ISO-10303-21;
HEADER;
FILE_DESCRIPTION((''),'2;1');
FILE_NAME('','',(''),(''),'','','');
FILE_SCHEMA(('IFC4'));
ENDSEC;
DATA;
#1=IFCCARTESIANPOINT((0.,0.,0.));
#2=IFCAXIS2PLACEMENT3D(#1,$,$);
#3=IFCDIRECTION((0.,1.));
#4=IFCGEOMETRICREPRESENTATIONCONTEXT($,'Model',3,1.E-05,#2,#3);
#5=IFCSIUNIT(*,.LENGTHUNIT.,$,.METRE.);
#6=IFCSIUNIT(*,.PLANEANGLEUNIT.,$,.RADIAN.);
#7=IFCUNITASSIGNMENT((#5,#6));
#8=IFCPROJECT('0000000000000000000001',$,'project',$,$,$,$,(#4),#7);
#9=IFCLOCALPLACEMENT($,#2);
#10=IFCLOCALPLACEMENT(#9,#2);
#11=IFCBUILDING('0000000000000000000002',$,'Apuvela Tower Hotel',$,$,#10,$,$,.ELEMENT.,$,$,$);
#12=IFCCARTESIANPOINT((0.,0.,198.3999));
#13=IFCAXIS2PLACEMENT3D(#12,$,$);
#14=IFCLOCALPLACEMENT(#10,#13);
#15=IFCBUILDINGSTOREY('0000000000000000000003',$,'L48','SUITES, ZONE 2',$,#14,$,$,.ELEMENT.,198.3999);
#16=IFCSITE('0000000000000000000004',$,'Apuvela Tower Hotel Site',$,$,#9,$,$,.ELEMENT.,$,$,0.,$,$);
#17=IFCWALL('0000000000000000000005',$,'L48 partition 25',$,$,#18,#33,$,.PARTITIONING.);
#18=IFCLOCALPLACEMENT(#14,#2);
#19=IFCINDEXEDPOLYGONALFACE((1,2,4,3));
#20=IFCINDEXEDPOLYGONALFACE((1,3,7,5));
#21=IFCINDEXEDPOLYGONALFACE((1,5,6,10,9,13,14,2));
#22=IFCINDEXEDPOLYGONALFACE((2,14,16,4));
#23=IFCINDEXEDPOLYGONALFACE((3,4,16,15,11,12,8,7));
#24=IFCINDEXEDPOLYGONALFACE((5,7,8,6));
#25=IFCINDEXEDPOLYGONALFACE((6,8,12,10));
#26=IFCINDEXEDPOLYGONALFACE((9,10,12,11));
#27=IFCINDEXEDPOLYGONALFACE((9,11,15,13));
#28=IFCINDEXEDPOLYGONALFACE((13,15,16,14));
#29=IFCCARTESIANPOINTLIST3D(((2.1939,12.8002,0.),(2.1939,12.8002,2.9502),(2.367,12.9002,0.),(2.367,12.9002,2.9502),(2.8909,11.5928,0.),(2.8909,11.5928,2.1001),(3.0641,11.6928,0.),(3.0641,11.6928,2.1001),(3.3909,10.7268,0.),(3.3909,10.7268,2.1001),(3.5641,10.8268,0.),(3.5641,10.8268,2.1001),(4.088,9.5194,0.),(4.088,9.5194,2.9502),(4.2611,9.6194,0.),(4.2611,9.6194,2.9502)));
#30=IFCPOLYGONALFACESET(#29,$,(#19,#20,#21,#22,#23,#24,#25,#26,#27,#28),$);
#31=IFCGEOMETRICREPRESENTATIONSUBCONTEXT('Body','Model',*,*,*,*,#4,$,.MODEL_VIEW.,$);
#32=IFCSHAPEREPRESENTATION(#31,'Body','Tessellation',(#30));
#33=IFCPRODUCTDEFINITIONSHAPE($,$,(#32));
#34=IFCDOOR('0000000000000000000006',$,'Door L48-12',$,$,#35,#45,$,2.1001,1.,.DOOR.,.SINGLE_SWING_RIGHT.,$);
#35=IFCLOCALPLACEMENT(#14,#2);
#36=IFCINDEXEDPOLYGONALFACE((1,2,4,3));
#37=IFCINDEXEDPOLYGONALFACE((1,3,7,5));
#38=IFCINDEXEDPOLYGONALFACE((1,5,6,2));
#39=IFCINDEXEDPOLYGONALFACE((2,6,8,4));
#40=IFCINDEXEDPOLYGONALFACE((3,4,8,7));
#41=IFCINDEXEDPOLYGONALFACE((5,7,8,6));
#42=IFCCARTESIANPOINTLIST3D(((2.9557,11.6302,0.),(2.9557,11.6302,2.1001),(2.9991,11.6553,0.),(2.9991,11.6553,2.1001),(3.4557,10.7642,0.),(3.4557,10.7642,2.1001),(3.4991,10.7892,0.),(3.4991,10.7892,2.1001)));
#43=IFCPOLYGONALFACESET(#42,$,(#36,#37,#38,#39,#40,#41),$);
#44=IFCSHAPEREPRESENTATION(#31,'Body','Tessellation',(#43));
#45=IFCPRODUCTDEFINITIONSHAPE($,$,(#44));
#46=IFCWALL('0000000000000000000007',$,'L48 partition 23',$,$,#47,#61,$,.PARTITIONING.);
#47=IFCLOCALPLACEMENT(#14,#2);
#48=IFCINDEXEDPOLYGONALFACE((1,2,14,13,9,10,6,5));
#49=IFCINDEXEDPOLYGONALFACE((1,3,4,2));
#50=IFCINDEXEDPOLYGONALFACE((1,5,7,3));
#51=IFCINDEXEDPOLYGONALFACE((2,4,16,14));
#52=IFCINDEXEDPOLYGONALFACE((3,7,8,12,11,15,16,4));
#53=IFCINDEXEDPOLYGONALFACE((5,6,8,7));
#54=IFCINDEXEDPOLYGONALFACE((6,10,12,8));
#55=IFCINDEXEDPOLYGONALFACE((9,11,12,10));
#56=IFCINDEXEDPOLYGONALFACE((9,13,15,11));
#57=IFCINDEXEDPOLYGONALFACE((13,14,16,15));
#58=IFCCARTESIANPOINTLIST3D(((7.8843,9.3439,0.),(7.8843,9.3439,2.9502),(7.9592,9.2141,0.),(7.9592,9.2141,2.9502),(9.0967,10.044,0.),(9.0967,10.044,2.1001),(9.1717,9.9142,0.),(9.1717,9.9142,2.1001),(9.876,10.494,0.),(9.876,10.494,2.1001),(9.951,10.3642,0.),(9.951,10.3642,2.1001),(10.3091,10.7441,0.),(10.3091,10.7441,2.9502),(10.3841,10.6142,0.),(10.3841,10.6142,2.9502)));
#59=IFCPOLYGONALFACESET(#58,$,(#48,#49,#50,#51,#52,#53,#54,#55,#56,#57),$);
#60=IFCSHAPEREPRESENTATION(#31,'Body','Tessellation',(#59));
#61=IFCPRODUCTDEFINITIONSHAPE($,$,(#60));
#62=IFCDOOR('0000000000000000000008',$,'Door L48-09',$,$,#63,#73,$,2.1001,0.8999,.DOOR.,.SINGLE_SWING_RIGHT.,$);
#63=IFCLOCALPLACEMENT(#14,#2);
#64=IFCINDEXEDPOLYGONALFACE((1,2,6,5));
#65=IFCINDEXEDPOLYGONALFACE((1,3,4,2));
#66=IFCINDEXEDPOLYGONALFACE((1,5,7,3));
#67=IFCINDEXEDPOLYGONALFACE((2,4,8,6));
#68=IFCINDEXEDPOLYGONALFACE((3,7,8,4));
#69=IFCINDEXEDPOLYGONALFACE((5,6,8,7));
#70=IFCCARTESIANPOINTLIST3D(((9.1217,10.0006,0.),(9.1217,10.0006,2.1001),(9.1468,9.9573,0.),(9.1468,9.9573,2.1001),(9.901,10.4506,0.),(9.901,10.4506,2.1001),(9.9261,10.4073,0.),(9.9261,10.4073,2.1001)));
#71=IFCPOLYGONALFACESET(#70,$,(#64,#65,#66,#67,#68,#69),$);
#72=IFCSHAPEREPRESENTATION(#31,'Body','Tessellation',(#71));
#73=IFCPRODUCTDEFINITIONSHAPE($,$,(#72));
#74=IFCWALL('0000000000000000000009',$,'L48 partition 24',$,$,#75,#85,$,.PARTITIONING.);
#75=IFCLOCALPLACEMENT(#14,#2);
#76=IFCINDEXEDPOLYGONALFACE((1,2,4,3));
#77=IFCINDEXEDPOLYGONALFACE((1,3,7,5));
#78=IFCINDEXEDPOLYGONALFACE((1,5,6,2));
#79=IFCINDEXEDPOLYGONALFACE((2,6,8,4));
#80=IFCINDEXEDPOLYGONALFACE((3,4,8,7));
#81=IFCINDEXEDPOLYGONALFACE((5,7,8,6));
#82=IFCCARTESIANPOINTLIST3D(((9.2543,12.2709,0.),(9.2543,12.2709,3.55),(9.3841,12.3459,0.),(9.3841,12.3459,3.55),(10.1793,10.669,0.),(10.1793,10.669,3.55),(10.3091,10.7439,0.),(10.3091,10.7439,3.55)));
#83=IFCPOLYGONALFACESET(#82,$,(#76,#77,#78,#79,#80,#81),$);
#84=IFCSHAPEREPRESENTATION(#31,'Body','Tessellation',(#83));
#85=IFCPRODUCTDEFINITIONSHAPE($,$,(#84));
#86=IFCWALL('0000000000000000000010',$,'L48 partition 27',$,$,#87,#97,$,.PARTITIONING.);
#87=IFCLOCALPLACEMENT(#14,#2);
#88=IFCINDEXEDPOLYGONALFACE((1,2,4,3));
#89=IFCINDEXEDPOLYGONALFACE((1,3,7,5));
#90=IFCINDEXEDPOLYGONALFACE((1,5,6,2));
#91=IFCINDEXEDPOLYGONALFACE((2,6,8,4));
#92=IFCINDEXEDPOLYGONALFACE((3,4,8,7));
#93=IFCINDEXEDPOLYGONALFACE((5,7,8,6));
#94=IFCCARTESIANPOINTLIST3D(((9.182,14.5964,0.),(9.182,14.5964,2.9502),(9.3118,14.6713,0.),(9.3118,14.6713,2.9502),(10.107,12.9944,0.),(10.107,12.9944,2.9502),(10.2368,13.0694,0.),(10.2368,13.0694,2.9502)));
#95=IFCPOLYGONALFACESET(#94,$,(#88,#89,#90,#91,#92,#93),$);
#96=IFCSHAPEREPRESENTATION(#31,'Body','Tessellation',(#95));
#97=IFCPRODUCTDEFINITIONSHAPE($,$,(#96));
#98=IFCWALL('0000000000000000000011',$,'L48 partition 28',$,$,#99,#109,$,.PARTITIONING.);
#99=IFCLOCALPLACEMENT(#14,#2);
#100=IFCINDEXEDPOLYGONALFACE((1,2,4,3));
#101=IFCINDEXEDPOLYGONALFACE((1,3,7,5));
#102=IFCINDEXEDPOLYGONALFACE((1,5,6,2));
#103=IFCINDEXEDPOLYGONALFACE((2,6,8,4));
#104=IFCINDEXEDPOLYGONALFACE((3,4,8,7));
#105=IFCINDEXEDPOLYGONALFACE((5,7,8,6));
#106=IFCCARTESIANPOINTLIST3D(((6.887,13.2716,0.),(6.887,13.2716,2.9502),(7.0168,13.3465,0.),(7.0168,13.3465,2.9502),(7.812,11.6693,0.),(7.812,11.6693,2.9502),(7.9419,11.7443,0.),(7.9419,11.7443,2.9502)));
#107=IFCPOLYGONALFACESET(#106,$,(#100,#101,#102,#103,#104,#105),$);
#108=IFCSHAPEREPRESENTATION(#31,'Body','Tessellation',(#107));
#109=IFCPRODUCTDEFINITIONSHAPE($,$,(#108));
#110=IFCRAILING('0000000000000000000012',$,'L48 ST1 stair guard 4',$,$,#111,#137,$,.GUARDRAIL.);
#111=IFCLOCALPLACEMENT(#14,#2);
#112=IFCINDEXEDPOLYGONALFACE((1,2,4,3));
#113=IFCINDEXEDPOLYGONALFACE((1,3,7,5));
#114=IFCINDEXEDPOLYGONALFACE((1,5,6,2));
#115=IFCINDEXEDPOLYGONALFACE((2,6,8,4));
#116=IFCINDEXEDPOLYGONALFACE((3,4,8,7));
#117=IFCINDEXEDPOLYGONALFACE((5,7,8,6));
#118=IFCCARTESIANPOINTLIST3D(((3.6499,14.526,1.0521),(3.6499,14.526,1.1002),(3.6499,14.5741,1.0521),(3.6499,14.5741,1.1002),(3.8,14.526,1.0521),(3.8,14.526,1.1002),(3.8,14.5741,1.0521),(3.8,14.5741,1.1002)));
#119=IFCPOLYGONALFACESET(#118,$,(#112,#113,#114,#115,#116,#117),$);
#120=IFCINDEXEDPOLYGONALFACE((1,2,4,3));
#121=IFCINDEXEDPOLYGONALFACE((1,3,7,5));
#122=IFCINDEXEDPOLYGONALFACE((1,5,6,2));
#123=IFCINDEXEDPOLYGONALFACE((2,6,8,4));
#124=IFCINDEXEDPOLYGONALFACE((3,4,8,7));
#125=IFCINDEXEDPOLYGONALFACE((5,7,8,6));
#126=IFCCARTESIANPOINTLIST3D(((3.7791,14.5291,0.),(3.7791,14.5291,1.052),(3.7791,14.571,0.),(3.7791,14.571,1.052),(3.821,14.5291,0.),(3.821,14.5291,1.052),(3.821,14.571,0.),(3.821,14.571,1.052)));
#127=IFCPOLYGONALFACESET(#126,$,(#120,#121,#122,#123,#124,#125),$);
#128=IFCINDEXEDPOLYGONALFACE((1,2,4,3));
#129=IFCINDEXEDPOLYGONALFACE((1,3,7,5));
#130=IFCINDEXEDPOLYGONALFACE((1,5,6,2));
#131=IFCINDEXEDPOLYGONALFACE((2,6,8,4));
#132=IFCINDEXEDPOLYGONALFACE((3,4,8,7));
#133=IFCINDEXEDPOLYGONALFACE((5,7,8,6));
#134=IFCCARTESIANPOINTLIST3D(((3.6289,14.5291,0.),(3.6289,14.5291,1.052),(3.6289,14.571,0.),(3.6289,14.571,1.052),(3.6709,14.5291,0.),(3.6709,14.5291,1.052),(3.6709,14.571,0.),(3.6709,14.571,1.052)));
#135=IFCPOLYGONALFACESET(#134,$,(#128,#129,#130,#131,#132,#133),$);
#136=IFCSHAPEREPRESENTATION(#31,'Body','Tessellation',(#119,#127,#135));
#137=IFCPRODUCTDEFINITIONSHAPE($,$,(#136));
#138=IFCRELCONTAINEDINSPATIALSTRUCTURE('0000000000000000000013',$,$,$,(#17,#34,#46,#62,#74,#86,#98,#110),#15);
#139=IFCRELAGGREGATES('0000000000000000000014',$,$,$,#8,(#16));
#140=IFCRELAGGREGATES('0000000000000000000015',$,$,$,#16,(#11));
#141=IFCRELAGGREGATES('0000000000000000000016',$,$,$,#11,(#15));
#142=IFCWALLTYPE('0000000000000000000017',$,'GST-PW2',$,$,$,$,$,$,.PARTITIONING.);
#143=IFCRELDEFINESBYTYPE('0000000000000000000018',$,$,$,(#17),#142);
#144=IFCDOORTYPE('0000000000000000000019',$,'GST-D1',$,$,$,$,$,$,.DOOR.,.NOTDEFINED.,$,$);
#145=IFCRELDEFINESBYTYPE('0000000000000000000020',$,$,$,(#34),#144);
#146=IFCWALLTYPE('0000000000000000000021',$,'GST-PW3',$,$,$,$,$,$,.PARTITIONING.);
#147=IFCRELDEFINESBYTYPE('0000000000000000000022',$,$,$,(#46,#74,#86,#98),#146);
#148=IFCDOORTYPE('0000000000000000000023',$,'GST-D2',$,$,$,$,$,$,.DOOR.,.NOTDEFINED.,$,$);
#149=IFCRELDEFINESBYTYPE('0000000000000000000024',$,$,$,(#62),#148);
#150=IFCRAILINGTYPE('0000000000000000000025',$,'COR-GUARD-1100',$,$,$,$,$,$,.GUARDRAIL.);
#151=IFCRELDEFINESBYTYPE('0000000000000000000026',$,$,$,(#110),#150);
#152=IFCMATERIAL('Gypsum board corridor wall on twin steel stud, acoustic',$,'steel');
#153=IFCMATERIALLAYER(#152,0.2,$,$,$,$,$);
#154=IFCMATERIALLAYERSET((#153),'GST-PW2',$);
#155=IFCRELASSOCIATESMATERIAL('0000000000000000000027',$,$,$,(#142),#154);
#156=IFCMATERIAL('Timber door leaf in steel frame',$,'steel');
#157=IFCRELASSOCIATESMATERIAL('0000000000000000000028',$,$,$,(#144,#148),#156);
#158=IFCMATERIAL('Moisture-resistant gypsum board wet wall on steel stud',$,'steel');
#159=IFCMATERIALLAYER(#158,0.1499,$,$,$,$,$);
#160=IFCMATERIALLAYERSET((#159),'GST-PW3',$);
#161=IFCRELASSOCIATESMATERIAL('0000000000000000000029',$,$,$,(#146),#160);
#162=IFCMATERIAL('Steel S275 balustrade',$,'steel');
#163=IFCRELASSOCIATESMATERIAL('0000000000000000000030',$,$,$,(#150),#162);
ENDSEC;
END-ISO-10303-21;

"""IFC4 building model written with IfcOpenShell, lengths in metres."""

from ifc_helpers import new_model, si_unit, direction, frame, frame_2d, origin, origin_2d, place, context, subcontext, project, spatial, rectangle, extrude, material, layer, layer_set, type_object, element, fill, save


model = new_model("IFC4")

# Units and contexts
model_context = context("Model", 3, precision=1e-05, world=origin(), true_north=direction((0.0, 1.0)))
body_context = subcontext(model_context, "Body", "Model", "MODEL_VIEW")
ifc_project = project(units=[si_unit("LENGTHUNIT", "METRE"), si_unit("PLANEANGLEUNIT", "RADIAN")], contexts=[model_context])

# Site, building, storey
site_placement = place(None, origin())
site = spatial("IfcSite", under=ifc_project, at=site_placement, Name="Apuvela Tower Hotel Site", CompositionType="ELEMENT", RefElevation=0.0)
building_placement = place(site_placement, origin())
building = spatial("IfcBuilding", under=site, at=building_placement, Name="Apuvela Tower Hotel", CompositionType="ELEMENT")
storey_placement = place(building_placement, frame((0.0, 0.0, 198.3999)))
storey = spatial("IfcBuildingStorey", under=building, at=storey_placement, Name="L48", Description="SUITES, ZONE 2", CompositionType="ELEMENT", Elevation=198.3999)

# Walls, openings, doors
ifc_material_1 = material(Name="Gypsum board corridor wall on twin steel stud, acoustic", Category="steel")
ifc_layer_1 = layer(ifc_material_1, 0.2)
ifc_layer_set_1 = layer_set([ifc_layer_1], Name="GST-PW2")
wall_type_1 = type_object("IfcWallType", Name="GST-PW2", PredefinedType="PARTITIONING", material=ifc_layer_set_1)
ifc_material_2 = material(Name="Timber door leaf in steel frame", Category="steel")
door_type_1 = type_object("IfcDoorType", Name="GST-D1", OperationType="NOTDEFINED", PredefinedType="DOOR", material=ifc_material_2)
wall_1_placement = place(storey_placement, frame((2.2805, 12.8501, 0.0), z_axis=(0.0, 0.0, 1.0), x_axis=(0.499979, -0.866037, 0.0)))
wall_1 = element("IfcWall", 1, at=wall_1_placement, inside=storey, type_object=wall_type_1, Name="L48 partition 25", PredefinedType="PARTITIONING", context=body_context, shape_type="SweptSolid", body=[
    extrude(rectangle(XDim=3.7883, YDim=0.2, at=frame_2d((1.894, 0.0))), origin(), (0.0, 0.0, 1.0), 2.9502),
])
opening_1_placement = place(wall_1_placement, frame((1.394, 0.0, 0.0)))
opening_1 = element("IfcOpeningElement", 2, at=opening_1_placement, cuts=wall_1, PredefinedType="OPENING", context=body_context, shape_type="SweptSolid", body=[
    extrude(rectangle(XDim=1.0, YDim=2.1001, at=frame_2d((0.5, 1.05))), frame((0.0, 0.1099, 0.0), z_axis=(0.0, -1.0, 0.0), x_axis=(1.0, 0.0, 0.0)), (0.0, 0.0, 1.0), 0.22),
])
door_1_placement = place(opening_1_placement, origin())
door_1 = element("IfcDoor", 3, at=door_1_placement, inside=storey, type_object=door_type_1, Name="Door L48-12", OperationType="SINGLE_SWING_RIGHT", OverallHeight=2.1001, OverallWidth=1.0, PredefinedType="DOOR", context=body_context, shape_type="SweptSolid", body=[
    extrude(rectangle(XDim=1.0, YDim=2.1001, at=frame_2d((0.5, 1.05))), frame((0.0, 0.0249, 0.0), z_axis=(0.0, -1.0, 0.0), x_axis=(1.0, 0.0, 0.0)), (0.0, 0.0, 1.0), 0.05),
])
fill(opening_1, door_1)
ifc_material_3 = material(Name="Moisture-resistant gypsum board wet wall on steel stud", Category="steel")
ifc_layer_2 = layer(ifc_material_3, 0.1499)
ifc_layer_set_2 = layer_set([ifc_layer_2], Name="GST-PW3")
wall_type_2 = type_object("IfcWallType", Name="GST-PW3", PredefinedType="PARTITIONING", material=ifc_layer_set_2)
wall_2_placement = place(storey_placement, frame((7.9219, 9.2791, 0.0), z_axis=(0.0, 0.0, 1.0), x_axis=(0.865997, 0.50005, 0.0)))
wall_2 = element("IfcWall", 4, at=wall_2_placement, inside=storey, type_object=wall_type_2, Name="L48 partition 23", PredefinedType="PARTITIONING", context=body_context, shape_type="SweptSolid", body=[
    extrude(rectangle(XDim=2.8, YDim=0.1499, at=frame_2d((1.3999, 0.0))), origin(), (0.0, 0.0, 1.0), 2.9502),
])
opening_2_placement = place(wall_2_placement, frame((1.3999, 0.0, 0.0)))
opening_2 = element("IfcOpeningElement", 5, at=opening_2_placement, cuts=wall_2, PredefinedType="OPENING", context=body_context, shape_type="SweptSolid", body=[
    extrude(rectangle(XDim=0.8999, YDim=2.1001, at=frame_2d((0.45, 1.05))), frame((0.0, 0.085, 0.0), z_axis=(0.0, -1.0, 0.0), x_axis=(1.0, 0.0, 0.0)), (0.0, 0.0, 1.0), 0.1699),
])
door_type_2 = type_object("IfcDoorType", Name="GST-D2", OperationType="NOTDEFINED", PredefinedType="DOOR", material=ifc_material_2)
door_2_placement = place(opening_2_placement, origin())
door_2 = element("IfcDoor", 6, at=door_2_placement, inside=storey, type_object=door_type_2, Name="Door L48-09", OperationType="SINGLE_SWING_RIGHT", OverallHeight=2.1001, OverallWidth=0.8999, PredefinedType="DOOR", context=body_context, shape_type="SweptSolid", body=[
    extrude(rectangle(XDim=0.8999, YDim=2.1001, at=frame_2d((0.45, 1.05))), frame((0.0, 0.0249, 0.0), z_axis=(0.0, -1.0, 0.0), x_axis=(1.0, 0.0, 0.0)), (0.0, 0.0, 1.0), 0.05),
])
fill(opening_2, door_2)

# Walls
wall_3_placement = place(storey_placement, frame((10.2441, 10.7065, 0.0), z_axis=(0.0, 0.0, 1.0), x_axis=(-0.500042, 0.866001, 0.0)))
element("IfcWall", 7, at=wall_3_placement, inside=storey, type_object=wall_type_2, Name="L48 partition 24", PredefinedType="PARTITIONING", context=body_context, shape_type="SweptSolid", body=[
    extrude(rectangle(XDim=1.8499, YDim=0.1499, at=frame_2d((0.9248, 0.0))), origin(), (0.0, 0.0, 1.0), 3.55),
])
wall_4_placement = place(storey_placement, frame((10.1719, 13.032, 0.0), z_axis=(0.0, 0.0, 1.0), x_axis=(-0.500042, 0.866001, 0.0)))
element("IfcWall", 8, at=wall_4_placement, inside=storey, type_object=wall_type_2, Name="L48 partition 27", PredefinedType="PARTITIONING", context=body_context, shape_type="SweptSolid", body=[
    extrude(rectangle(XDim=1.8499, YDim=0.1499, at=frame_2d((0.9248, 0.0))), origin(), (0.0, 0.0, 1.0), 2.9502),
])
wall_5_placement = place(storey_placement, frame((7.877, 11.7068, 0.0), z_axis=(0.0, 0.0, 1.0), x_axis=(-0.499985, 0.866034, 0.0)))
element("IfcWall", 9, at=wall_5_placement, inside=storey, type_object=wall_type_2, Name="L48 partition 28", PredefinedType="PARTITIONING", context=body_context, shape_type="SweptSolid", body=[
    extrude(rectangle(XDim=1.8501, YDim=0.1499, at=frame_2d((0.925, 0.0))), origin(), (0.0, 0.0, 1.0), 2.9502),
])

# Railing
ifc_material_4 = material(Name="Steel S275 balustrade", Category="steel")
railing_type = type_object("IfcRailingType", Name="COR-GUARD-1100", PredefinedType="GUARDRAIL", material=ifc_material_4)
railing_placement = place(storey_placement, frame((3.8, 14.55, 0.0)))
element("IfcRailing", 10, at=railing_placement, inside=storey, type_object=railing_type, Name="L48 ST1 stair guard 4", PredefinedType="GUARDRAIL", context=body_context, shape_type="SweptSolid", body=[
    extrude(rectangle(XDim=0.0481, YDim=0.0481, at=origin_2d()), frame((0.0, 0.0, 1.0762), z_axis=(-1.0, 0.0, 0.0), x_axis=(0.0, -1.0, 0.0)), (0.0, 0.0, 1.0), 0.1501),
    extrude(rectangle(XDim=0.042, YDim=0.042, at=origin_2d()), origin(), (0.0, 0.0, 1.0), 1.052),
    extrude(rectangle(XDim=0.042, YDim=0.042, at=origin_2d()), frame((-0.1501, 0.0, 0.0)), (0.0, 0.0, 1.0), 1.052),
])

save(model, "model.ifc")
